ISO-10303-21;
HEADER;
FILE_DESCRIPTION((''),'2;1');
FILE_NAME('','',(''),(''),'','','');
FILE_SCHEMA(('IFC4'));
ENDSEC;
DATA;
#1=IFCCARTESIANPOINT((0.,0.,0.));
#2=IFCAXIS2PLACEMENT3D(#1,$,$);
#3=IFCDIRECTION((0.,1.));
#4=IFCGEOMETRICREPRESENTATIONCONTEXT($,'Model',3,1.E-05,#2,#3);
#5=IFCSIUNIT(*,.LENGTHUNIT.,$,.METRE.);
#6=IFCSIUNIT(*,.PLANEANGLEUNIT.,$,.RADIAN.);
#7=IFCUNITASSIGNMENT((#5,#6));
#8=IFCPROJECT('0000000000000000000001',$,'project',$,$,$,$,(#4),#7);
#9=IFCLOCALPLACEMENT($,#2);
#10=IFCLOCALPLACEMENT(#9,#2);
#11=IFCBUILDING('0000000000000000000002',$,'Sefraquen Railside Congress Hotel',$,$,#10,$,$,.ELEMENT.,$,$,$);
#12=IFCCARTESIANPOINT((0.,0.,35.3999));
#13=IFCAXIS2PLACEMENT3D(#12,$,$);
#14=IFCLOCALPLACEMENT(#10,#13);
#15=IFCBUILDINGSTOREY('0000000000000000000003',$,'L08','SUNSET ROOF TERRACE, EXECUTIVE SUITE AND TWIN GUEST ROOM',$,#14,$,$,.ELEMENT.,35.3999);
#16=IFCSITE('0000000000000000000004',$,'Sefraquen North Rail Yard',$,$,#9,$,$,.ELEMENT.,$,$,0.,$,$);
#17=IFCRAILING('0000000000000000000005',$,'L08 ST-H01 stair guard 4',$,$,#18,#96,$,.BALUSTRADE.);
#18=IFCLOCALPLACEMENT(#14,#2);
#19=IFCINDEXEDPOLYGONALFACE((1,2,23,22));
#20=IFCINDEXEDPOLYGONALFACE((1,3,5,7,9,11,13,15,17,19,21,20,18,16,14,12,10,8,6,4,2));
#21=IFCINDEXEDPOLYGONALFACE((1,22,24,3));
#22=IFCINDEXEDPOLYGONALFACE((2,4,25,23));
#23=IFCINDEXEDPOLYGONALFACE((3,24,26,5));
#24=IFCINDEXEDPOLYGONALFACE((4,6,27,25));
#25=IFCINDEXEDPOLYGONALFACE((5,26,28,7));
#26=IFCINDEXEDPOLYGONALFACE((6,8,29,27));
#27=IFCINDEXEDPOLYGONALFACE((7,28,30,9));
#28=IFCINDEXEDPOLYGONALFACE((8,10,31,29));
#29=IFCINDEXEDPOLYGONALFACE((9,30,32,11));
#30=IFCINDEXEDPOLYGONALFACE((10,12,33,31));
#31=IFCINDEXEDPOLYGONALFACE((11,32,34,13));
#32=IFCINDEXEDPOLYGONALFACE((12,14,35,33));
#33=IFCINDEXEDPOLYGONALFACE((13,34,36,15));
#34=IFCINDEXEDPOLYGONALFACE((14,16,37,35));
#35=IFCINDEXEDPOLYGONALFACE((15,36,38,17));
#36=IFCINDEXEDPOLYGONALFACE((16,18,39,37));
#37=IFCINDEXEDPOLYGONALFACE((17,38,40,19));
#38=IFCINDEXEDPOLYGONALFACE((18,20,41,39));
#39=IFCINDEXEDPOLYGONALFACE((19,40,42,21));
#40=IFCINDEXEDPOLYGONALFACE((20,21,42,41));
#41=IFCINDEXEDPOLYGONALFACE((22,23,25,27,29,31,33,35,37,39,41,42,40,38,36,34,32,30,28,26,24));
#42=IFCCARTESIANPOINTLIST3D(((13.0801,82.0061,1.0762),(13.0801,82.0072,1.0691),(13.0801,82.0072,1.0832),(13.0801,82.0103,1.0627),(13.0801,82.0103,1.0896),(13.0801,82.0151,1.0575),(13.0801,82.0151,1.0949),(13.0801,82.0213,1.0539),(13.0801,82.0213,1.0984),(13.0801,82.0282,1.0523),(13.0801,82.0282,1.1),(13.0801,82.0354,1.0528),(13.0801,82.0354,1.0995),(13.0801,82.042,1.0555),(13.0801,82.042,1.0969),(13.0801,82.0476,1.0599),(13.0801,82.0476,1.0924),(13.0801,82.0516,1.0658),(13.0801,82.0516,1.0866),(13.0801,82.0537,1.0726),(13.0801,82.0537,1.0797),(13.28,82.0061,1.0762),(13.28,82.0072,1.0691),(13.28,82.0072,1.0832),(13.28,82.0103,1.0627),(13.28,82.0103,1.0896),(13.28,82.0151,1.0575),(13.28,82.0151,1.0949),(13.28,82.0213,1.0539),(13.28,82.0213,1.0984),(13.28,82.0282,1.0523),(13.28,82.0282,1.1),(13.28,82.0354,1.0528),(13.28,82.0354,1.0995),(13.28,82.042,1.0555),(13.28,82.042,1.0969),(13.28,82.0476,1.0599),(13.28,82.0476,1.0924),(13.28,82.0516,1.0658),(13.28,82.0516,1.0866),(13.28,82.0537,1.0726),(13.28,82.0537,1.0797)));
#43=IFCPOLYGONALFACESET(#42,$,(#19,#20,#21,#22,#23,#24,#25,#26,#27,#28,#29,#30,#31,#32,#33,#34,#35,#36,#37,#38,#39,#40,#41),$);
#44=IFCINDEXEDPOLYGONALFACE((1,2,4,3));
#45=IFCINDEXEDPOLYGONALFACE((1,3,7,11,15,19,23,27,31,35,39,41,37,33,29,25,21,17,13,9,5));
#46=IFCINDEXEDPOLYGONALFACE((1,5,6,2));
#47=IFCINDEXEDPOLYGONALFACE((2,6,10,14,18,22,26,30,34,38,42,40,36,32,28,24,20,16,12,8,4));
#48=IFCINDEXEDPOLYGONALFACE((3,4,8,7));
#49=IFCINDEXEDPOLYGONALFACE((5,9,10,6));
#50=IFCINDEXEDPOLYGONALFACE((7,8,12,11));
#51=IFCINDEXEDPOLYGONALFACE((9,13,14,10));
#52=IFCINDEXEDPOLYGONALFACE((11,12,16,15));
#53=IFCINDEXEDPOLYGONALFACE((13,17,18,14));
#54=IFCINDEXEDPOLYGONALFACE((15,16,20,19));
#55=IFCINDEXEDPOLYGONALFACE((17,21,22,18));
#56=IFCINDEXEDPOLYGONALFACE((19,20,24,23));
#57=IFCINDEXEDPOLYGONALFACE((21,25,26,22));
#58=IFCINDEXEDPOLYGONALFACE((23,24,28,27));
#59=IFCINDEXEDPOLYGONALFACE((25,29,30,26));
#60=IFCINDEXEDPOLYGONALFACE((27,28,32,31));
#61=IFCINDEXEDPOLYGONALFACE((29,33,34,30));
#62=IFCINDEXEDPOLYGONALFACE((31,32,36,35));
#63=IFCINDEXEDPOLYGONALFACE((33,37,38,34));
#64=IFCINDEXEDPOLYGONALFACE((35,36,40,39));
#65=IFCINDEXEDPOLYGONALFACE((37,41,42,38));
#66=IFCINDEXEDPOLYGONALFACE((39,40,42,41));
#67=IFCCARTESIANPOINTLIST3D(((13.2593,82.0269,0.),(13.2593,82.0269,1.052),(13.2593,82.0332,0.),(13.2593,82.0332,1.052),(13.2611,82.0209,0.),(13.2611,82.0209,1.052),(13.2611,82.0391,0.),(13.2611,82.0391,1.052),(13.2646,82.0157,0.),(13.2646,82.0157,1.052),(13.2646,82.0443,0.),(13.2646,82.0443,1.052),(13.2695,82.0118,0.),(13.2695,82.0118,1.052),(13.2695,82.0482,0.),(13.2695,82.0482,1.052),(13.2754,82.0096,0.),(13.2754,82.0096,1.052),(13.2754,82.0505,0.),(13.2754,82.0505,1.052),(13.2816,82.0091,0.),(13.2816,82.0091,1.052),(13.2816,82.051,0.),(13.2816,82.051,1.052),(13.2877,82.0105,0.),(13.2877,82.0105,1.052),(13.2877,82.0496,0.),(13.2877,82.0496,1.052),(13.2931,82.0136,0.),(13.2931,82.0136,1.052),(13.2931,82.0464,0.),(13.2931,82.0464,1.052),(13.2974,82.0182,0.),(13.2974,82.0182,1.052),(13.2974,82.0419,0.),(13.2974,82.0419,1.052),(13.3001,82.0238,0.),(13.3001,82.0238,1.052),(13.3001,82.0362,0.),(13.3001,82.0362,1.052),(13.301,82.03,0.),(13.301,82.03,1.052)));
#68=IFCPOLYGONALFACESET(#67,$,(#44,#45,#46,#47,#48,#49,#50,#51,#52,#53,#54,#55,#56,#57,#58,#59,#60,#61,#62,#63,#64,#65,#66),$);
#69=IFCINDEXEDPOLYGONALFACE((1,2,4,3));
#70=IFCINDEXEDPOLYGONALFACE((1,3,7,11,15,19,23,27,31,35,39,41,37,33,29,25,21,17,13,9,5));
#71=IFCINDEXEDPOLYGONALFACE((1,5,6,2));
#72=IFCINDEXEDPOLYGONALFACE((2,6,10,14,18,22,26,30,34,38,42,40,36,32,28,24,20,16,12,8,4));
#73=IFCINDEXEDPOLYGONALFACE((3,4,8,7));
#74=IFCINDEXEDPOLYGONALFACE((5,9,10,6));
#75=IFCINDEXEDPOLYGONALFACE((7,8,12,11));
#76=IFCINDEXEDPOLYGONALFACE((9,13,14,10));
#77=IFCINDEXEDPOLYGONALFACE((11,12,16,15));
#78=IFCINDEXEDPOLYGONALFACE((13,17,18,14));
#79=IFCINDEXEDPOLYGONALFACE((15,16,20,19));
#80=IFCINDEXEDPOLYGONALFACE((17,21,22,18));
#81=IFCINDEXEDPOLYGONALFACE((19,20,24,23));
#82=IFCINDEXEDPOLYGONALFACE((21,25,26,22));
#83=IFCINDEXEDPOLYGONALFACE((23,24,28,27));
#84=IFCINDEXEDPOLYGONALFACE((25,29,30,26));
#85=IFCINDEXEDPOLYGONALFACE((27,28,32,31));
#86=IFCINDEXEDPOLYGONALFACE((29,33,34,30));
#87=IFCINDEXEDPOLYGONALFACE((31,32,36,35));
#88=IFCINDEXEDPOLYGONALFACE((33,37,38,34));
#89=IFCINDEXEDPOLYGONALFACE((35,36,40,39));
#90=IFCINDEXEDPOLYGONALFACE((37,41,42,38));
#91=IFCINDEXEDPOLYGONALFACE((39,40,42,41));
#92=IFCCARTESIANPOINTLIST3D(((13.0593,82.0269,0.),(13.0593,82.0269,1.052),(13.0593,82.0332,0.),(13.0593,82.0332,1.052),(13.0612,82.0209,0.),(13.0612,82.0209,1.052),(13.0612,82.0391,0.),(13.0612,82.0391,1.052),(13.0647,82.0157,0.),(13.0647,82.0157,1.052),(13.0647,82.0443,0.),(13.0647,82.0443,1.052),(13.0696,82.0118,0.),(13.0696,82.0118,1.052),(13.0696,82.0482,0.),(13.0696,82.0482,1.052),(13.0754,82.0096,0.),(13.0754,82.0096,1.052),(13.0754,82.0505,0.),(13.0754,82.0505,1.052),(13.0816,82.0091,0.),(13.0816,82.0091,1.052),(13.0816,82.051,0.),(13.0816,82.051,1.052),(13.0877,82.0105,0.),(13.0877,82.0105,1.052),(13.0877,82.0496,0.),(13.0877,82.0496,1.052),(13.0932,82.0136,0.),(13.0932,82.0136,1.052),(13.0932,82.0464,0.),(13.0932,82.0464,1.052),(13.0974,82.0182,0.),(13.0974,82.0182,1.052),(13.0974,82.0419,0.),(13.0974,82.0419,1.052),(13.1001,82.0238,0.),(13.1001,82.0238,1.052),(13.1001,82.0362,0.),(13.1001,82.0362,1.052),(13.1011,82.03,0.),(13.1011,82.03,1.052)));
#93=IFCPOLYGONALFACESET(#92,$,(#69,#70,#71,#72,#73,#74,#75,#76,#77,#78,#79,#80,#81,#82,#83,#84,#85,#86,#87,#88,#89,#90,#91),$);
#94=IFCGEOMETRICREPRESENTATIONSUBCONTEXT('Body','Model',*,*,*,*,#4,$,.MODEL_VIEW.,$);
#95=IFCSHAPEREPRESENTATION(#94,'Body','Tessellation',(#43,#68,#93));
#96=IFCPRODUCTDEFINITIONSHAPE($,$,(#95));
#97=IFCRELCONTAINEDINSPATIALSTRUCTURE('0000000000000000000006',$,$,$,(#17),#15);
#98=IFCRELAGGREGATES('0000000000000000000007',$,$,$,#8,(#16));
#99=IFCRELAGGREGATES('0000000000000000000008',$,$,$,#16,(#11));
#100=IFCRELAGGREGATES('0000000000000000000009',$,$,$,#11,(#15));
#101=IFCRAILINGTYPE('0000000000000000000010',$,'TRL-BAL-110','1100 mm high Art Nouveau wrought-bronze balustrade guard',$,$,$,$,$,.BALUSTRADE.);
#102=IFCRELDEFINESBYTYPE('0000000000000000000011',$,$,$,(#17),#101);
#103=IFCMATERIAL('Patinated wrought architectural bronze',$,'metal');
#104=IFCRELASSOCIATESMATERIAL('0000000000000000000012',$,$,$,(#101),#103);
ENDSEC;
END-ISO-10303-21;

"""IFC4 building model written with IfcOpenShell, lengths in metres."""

from ifc_helpers import new_model, si_unit, direction, frame, origin, origin_2d, place, context, subcontext, project, spatial, circle, extrude, material, type_object, element, save


model = new_model("IFC4")

# Units and contexts
model_context = context("Model", 3, precision=1e-05, world=origin(), true_north=direction((0.0, 1.0)))
body_context = subcontext(model_context, "Body", "Model", "MODEL_VIEW")
ifc_project = project(units=[si_unit("LENGTHUNIT", "METRE"), si_unit("PLANEANGLEUNIT", "RADIAN")], contexts=[model_context])

# Site, building, storey
site_placement = place(None, origin())
site = spatial("IfcSite", under=ifc_project, at=site_placement, Name="Sefraquen North Rail Yard", CompositionType="ELEMENT", RefElevation=0.0)
building_placement = place(site_placement, origin())
building = spatial("IfcBuilding", under=site, at=building_placement, Name="Sefraquen Railside Congress Hotel", CompositionType="ELEMENT")
storey_placement = place(building_placement, frame((0.0, 0.0, 35.3999)))
storey = spatial("IfcBuildingStorey", under=building, at=storey_placement, Name="L08", Description="SUNSET ROOF TERRACE, EXECUTIVE SUITE AND TWIN GUEST ROOM", CompositionType="ELEMENT", Elevation=35.3999)

# Railing
ifc_material_1 = material(Name="Patinated wrought architectural bronze", Category="metal")
railing_type_1 = type_object("IfcRailingType", Name="TRL-BAL-110", Description="1100 mm high Art Nouveau wrought-bronze balustrade guard", PredefinedType="BALUSTRADE", material=ifc_material_1)
railing_1_placement = place(storey_placement, frame((13.28, 82.03, 0.0)))
element("IfcRailing", 1, at=railing_1_placement, inside=storey, type_object=railing_type_1, Name="L08 ST-H01 stair guard 4", PredefinedType="BALUSTRADE", context=body_context, shape_type="SweptSolid", body=[
    extrude(circle(Radius=0.0239, at=origin_2d()), frame((0.0, 0.0, 1.0762), z_axis=(-1.0, 0.0, 0.0), x_axis=(0.0, -1.0, 0.0)), (0.0, 0.0, 1.0), 0.2),
    extrude(circle(Radius=0.021, at=origin_2d()), origin(), (0.0, 0.0, 1.0), 1.052),
    extrude(circle(Radius=0.021, at=origin_2d()), frame((-0.2, 0.0, 0.0)), (0.0, 0.0, 1.0), 1.052),
])

save(model, "model.ifc")
